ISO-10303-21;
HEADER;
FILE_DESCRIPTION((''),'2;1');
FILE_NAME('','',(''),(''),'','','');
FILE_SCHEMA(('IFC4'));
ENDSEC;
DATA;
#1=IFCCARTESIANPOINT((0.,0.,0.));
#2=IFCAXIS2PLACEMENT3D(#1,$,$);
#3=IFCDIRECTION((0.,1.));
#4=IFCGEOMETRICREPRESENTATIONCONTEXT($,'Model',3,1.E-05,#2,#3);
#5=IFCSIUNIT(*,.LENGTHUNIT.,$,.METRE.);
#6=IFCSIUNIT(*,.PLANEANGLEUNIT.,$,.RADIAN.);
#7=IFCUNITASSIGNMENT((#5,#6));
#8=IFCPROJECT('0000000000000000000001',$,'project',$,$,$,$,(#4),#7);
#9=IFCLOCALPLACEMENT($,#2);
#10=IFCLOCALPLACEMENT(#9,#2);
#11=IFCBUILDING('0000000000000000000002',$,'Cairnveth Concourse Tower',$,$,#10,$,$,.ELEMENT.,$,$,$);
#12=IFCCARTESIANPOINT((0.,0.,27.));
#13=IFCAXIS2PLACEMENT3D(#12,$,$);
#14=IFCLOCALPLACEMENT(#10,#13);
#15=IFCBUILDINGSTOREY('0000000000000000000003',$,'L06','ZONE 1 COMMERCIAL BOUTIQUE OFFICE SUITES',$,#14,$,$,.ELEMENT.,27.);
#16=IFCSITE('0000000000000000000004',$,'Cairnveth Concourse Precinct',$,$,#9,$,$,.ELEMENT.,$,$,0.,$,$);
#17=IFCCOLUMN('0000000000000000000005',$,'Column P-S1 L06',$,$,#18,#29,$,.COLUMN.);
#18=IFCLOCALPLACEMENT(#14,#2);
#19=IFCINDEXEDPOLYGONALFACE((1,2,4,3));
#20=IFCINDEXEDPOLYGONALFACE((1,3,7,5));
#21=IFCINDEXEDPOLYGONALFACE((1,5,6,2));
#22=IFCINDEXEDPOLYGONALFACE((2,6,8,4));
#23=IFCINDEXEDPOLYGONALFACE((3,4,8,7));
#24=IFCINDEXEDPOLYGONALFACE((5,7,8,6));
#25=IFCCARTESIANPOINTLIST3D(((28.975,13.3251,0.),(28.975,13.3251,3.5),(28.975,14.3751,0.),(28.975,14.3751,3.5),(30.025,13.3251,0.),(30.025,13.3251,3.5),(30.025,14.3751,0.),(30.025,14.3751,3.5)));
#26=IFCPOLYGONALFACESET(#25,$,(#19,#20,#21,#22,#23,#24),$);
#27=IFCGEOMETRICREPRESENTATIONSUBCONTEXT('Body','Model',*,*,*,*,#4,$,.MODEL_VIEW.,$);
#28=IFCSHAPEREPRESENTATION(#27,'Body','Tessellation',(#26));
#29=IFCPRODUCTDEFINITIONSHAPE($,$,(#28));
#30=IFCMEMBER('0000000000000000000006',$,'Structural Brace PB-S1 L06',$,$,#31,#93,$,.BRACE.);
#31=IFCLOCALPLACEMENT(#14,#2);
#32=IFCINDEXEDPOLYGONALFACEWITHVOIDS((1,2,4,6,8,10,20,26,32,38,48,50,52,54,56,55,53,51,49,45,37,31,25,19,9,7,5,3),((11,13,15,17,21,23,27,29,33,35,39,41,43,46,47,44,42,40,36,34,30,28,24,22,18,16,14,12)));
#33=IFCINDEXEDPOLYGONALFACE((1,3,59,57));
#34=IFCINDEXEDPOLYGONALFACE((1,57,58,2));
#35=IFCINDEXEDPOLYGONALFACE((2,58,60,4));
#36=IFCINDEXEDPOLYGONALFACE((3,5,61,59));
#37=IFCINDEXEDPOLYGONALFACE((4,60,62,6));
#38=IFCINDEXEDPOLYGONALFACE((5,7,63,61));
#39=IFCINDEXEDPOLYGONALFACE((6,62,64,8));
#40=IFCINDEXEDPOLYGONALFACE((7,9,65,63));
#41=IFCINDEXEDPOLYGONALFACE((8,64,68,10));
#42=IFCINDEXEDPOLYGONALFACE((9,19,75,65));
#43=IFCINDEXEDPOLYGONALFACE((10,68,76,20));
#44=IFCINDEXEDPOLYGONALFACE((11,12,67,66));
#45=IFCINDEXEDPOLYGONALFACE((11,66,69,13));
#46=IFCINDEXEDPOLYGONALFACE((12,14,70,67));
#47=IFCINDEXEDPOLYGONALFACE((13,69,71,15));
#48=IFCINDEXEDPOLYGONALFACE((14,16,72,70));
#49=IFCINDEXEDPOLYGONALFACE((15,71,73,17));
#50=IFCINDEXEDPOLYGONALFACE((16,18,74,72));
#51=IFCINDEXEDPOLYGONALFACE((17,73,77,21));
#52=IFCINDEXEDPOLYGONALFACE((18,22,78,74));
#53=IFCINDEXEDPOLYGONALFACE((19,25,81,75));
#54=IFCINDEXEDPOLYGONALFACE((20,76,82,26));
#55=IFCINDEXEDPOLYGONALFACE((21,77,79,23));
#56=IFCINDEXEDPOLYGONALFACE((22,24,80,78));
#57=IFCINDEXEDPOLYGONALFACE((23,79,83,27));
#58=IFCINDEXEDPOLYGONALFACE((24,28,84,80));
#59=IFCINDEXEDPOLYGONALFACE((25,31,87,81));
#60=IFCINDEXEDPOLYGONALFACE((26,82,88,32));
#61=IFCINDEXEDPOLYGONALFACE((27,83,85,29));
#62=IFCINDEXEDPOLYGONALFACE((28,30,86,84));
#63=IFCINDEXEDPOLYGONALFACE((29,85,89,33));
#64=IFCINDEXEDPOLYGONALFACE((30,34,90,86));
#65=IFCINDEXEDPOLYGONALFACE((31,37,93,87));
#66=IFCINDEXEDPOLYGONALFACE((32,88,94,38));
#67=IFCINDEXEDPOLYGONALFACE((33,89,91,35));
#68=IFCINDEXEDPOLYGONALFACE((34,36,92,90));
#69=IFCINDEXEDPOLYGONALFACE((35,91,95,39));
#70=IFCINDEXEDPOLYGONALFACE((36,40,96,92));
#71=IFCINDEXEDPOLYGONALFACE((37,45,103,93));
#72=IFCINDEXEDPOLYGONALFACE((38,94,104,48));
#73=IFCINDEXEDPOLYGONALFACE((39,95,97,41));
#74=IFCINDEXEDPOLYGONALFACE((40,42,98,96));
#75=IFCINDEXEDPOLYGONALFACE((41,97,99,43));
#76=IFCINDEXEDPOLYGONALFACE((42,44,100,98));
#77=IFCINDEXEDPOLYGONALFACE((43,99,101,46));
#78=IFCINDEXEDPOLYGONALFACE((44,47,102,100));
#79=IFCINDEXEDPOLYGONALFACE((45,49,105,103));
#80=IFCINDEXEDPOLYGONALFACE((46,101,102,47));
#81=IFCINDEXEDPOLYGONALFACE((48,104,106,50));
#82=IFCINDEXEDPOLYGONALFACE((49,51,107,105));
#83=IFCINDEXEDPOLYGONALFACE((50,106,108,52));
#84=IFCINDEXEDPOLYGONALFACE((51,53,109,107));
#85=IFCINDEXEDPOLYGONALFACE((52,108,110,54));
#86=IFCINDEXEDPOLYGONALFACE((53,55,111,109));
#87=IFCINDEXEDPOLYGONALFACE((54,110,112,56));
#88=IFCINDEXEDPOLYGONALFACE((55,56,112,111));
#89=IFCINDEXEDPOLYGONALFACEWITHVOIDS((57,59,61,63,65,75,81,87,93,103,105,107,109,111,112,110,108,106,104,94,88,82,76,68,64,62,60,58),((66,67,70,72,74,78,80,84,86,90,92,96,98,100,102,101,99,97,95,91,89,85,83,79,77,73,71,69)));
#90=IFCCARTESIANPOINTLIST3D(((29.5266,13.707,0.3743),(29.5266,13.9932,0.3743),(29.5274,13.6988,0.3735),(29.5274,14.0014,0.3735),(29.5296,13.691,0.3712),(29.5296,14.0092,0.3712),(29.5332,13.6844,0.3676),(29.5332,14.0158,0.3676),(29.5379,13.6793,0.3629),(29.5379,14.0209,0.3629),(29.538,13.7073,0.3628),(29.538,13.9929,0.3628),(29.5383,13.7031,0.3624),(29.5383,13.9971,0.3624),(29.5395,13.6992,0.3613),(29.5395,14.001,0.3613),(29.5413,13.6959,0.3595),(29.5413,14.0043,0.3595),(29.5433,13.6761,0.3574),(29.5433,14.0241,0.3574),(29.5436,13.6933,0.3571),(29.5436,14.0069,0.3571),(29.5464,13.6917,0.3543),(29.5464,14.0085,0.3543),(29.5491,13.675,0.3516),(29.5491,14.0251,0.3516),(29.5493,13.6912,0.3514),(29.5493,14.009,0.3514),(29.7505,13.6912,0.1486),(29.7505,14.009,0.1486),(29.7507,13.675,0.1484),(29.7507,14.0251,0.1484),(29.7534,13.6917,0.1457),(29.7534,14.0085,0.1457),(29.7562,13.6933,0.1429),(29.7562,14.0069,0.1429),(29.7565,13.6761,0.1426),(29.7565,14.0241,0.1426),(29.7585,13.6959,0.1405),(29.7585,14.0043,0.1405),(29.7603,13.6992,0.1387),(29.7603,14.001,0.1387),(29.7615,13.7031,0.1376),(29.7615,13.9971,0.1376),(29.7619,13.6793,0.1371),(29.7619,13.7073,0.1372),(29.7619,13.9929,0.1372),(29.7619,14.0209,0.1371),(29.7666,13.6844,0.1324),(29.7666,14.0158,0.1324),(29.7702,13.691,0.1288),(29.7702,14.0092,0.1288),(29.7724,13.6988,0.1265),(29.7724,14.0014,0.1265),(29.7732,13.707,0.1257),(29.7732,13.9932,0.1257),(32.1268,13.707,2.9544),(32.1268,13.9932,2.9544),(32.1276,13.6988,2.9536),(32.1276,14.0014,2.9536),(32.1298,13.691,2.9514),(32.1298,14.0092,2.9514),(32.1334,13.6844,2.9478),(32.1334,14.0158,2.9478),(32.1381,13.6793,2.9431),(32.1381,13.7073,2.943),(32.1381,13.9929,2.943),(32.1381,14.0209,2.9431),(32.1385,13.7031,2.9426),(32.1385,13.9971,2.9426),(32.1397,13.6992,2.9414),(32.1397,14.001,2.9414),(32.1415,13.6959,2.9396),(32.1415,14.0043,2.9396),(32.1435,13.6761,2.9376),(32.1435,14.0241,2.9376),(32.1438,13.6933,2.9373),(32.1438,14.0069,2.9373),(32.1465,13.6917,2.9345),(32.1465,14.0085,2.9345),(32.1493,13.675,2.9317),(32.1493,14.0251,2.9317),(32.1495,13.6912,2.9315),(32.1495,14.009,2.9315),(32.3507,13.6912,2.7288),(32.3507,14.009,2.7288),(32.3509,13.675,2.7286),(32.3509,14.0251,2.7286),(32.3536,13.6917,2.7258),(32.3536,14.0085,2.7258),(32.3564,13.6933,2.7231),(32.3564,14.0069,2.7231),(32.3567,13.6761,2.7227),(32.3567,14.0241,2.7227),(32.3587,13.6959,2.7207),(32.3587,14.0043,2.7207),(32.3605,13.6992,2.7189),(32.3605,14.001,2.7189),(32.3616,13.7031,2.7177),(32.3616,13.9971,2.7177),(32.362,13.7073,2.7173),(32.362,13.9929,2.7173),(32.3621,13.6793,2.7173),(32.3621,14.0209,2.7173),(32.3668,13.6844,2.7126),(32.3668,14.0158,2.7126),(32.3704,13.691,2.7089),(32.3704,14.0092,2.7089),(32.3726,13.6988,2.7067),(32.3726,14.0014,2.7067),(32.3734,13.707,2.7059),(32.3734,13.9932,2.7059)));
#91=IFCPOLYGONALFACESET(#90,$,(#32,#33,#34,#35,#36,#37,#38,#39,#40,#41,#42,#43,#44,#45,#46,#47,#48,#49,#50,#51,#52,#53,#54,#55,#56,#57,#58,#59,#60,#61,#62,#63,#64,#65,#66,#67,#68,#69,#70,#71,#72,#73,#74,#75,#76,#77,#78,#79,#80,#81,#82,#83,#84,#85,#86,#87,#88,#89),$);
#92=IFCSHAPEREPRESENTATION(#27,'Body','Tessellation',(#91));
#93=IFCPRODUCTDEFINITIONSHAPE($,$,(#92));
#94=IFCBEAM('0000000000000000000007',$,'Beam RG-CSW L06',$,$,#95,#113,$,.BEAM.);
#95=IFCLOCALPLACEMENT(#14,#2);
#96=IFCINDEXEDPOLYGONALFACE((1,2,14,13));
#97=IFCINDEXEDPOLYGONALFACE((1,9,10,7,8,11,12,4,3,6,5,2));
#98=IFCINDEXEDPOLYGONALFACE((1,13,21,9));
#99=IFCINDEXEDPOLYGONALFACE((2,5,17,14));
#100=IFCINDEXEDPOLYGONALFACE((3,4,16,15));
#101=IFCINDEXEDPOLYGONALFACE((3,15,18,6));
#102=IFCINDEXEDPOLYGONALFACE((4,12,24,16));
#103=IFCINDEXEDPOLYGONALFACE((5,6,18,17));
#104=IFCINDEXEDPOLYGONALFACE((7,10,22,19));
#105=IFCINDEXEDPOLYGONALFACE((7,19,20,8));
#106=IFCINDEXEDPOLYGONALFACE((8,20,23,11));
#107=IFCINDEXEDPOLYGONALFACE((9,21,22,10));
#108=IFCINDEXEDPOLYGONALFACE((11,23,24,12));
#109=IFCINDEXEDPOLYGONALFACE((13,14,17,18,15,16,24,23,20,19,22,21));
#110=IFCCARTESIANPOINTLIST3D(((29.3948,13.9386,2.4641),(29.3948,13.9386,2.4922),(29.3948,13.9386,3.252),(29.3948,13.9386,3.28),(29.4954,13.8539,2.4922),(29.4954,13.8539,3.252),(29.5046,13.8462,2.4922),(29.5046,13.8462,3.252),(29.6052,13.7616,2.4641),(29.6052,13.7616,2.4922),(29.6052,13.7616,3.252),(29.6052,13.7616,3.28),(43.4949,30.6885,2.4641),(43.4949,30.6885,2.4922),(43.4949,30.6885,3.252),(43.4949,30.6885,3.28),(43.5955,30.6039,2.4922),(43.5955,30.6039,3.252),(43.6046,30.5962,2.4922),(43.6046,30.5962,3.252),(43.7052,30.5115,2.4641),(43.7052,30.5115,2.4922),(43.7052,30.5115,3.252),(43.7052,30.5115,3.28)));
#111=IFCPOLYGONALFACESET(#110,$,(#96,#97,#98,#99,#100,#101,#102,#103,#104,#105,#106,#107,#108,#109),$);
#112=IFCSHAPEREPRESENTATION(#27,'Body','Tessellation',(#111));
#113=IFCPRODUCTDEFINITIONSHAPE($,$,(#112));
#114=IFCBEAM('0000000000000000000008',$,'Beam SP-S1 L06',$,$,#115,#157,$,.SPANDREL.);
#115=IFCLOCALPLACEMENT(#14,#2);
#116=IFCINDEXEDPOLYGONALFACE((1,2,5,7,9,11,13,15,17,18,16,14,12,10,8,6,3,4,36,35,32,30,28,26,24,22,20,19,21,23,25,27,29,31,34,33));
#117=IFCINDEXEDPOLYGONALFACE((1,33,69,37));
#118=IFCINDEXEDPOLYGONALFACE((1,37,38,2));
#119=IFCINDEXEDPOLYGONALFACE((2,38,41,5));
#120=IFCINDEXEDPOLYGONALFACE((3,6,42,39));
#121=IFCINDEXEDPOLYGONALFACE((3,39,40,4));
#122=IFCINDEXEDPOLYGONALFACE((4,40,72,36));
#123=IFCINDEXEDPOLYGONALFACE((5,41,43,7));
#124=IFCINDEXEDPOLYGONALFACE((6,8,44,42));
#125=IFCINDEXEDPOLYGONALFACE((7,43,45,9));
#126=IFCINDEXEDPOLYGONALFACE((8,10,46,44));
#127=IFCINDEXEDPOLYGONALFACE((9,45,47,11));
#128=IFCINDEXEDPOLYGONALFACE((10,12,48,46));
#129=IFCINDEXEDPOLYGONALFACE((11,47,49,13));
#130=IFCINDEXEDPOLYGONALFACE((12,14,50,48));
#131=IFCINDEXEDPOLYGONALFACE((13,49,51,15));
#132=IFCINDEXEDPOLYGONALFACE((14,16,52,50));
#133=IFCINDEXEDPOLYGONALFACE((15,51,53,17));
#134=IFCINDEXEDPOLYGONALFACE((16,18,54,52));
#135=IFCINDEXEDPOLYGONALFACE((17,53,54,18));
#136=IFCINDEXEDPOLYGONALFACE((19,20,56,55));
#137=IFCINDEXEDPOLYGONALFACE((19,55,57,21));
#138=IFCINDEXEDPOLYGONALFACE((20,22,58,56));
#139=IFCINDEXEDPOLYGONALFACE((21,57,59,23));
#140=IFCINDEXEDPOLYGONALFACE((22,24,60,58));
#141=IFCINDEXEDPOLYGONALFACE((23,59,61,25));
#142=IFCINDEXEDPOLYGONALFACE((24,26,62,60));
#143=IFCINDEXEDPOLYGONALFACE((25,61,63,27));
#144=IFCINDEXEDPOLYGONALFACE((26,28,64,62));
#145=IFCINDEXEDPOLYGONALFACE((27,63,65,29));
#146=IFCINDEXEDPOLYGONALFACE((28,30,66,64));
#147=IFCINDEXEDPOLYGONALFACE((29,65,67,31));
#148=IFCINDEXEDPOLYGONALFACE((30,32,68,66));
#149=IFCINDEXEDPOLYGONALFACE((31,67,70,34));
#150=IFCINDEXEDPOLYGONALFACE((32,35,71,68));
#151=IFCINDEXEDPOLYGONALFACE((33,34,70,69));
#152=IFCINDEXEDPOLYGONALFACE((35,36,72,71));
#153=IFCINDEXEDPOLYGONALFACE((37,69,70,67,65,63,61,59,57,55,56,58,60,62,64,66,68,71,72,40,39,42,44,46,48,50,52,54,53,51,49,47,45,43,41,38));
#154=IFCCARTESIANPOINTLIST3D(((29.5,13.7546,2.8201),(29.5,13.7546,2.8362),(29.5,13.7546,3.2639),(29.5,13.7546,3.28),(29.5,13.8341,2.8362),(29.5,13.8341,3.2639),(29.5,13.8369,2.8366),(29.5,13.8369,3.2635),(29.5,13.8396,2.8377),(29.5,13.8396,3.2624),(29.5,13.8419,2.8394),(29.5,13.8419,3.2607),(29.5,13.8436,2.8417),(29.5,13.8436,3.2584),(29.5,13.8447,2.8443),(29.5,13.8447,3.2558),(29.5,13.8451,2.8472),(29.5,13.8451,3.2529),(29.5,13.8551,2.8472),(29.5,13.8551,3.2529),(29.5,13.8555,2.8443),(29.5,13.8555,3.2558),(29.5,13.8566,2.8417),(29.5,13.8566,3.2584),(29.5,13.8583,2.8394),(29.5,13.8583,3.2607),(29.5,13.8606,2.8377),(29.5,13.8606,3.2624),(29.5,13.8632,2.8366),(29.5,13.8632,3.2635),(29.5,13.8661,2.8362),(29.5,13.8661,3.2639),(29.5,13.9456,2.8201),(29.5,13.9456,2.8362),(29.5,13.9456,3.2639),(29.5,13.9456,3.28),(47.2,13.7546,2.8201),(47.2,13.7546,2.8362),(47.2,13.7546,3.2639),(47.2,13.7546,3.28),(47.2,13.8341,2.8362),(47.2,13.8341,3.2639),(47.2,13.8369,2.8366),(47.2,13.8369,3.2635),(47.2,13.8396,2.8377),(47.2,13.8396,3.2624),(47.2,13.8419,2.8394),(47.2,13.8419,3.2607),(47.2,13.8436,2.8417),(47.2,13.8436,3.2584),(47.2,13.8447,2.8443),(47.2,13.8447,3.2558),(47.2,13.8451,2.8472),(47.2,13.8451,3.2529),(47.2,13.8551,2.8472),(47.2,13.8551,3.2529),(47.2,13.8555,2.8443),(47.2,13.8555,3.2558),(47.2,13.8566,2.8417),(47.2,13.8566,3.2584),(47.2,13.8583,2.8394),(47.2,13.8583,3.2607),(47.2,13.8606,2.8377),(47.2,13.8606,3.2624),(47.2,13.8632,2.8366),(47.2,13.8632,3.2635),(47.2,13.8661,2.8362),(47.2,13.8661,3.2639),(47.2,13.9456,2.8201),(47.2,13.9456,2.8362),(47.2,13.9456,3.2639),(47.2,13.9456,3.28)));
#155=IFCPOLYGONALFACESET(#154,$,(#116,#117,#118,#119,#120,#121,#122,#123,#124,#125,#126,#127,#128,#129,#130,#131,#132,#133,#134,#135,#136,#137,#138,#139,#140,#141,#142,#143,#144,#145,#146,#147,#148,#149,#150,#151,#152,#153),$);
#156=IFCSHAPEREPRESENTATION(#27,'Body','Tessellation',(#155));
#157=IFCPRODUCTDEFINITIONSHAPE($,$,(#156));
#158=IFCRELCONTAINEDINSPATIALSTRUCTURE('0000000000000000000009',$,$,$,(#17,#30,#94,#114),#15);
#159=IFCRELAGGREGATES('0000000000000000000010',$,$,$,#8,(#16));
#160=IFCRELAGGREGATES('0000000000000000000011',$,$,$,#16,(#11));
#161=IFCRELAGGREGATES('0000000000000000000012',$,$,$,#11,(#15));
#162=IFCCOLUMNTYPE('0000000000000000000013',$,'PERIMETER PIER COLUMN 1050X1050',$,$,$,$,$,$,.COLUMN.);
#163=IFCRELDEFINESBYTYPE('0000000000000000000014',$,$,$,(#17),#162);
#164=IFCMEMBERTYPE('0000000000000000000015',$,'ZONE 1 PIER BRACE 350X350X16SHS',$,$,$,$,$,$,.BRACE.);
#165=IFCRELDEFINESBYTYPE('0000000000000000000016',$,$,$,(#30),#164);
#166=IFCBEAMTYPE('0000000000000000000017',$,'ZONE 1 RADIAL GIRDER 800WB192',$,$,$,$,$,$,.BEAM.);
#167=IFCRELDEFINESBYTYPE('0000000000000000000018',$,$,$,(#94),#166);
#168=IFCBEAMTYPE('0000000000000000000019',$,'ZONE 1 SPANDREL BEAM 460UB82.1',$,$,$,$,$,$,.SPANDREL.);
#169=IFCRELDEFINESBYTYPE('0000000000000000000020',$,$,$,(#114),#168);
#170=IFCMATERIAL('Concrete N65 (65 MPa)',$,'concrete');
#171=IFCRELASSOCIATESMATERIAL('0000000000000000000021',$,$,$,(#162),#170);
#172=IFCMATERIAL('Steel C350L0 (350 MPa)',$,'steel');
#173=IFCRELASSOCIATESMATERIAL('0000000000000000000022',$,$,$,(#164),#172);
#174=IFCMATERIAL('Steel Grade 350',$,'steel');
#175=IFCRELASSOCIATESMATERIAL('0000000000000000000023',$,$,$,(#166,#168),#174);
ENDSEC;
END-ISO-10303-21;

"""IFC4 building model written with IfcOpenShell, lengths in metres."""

from ifc_helpers import new_model, si_unit, direction, frame, origin, origin_2d, place, context, subcontext, project, spatial, rectangle, hollow_rectangle, i_section, extrude, material, material_profile, profile_set, type_object, element, save


model = new_model("IFC4")

# Units and contexts
model_context = context("Model", 3, precision=1e-05, world=origin(), true_north=direction((0.0, 1.0)))
body_context = subcontext(model_context, "Body", "Model", "MODEL_VIEW")
ifc_project = project(units=[si_unit("LENGTHUNIT", "METRE"), si_unit("PLANEANGLEUNIT", "RADIAN")], contexts=[model_context])

# Site, building, storey
site_placement = place(None, origin())
site = spatial("IfcSite", under=ifc_project, at=site_placement, Name="Cairnveth Concourse Precinct", CompositionType="ELEMENT", RefElevation=0.0)
building_placement = place(site_placement, origin())
building = spatial("IfcBuilding", under=site, at=building_placement, Name="Cairnveth Concourse Tower", CompositionType="ELEMENT")
storey_placement = place(building_placement, frame((0.0, 0.0, 27.0)))
storey = spatial("IfcBuildingStorey", under=building, at=storey_placement, Name="L06", Description="ZONE 1 COMMERCIAL BOUTIQUE OFFICE SUITES", CompositionType="ELEMENT", Elevation=27.0)

# Column
ifc_material_1 = material(Name="Concrete N65 (65 MPa)", Category="concrete")
ifc_material_profile_1 = material_profile(ifc_material_1, rectangle(XDim=1.05, YDim=1.05, at=origin_2d()), Name="RC-COL-1050x1050")
ifc_profile_set_1 = profile_set([ifc_material_profile_1], Name="Concrete N65 (65 MPa)")
column_type = type_object("IfcColumnType", Name="PERIMETER PIER COLUMN 1050X1050", PredefinedType="COLUMN", material=ifc_profile_set_1)
column_placement = place(storey_placement, frame((29.5, 13.8501, 0.0), z_axis=(0.0, 0.0, 1.0), x_axis=(1.0, 0.0, 0.0)))
element("IfcColumn", 1, at=column_placement, inside=storey, type_object=column_type, Name="Column P-S1 L06", PredefinedType="COLUMN", context=body_context, shape_type="SweptSolid", body=[
    extrude(rectangle(XDim=1.05, YDim=1.05, at=origin_2d()), origin(), (0.0, 0.0, 1.0), 3.5),
])

# Member
ifc_material_2 = material(Name="Steel C350L0 (350 MPa)", Category="steel")
ifc_material_profile_2 = material_profile(ifc_material_2, hollow_rectangle(XDim=0.3501, YDim=0.3501, WallThickness=0.0161, InnerFilletRadius=0.0161, OuterFilletRadius=0.032, at=origin_2d()), Name="350x350x16.0SHS")
ifc_profile_set_2 = profile_set([ifc_material_profile_2], Name="Steel C350L0 (350 MPa)")
member_type = type_object("IfcMemberType", Name="ZONE 1 PIER BRACE 350X350X16SHS", PredefinedType="BRACE", material=ifc_profile_set_2)
member_placement = place(storey_placement, frame((29.6499, 13.8501, 0.25), z_axis=(0.709834, 0.0, 0.704369), x_axis=(0.0, 1.0, 0.0)))
element("IfcMember", 2, at=member_placement, inside=storey, type_object=member_type, Name="Structural Brace PB-S1 L06", PredefinedType="BRACE", context=body_context, shape_type="SweptSolid", body=[
    extrude(hollow_rectangle(XDim=0.3501, YDim=0.3501, WallThickness=0.0161, InnerFilletRadius=0.0161, OuterFilletRadius=0.032, at=origin_2d()), origin(), (0.0, 0.0, 1.0), 3.6631),
])

# Beams
ifc_material_3 = material(Name="Steel Grade 350", Category="steel")
ifc_material_profile_3 = material_profile(ifc_material_3, i_section(OverallWidth=0.2749, OverallDepth=0.8159, WebThickness=0.012, FlangeThickness=0.0281, at=origin_2d()), Name="800WB192")
ifc_profile_set_3 = profile_set([ifc_material_profile_3], Name="Steel Grade 350")
beam_type_1 = type_object("IfcBeamType", Name="ZONE 1 RADIAL GIRDER 800WB192", PredefinedType="BEAM", material=ifc_profile_set_3)
beam_1_placement = place(storey_placement, frame((29.5, 13.8501, 2.8721), z_axis=(0.643998, 0.765027, 0.0), x_axis=(-0.765027, 0.643998, 0.0)))
element("IfcBeam", 3, at=beam_1_placement, inside=storey, type_object=beam_type_1, Name="Beam RG-CSW L06", PredefinedType="BEAM", context=body_context, shape_type="SweptSolid", body=[
    extrude(i_section(OverallWidth=0.2749, OverallDepth=0.8159, WebThickness=0.012, FlangeThickness=0.0281, at=origin_2d()), origin(), (0.0, 0.0, 1.0), 21.8945),
])
ifc_material_profile_4 = material_profile(ifc_material_3, i_section(OverallWidth=0.1909, OverallDepth=0.46, WebThickness=0.01, FlangeThickness=0.0161, FilletRadius=0.011, at=origin_2d()), Name="460UB82.1")
ifc_profile_set_4 = profile_set([ifc_material_profile_4], Name="Steel Grade 350")
beam_type_2 = type_object("IfcBeamType", Name="ZONE 1 SPANDREL BEAM 460UB82.1", PredefinedType="SPANDREL", material=ifc_profile_set_4)
beam_2_placement = place(storey_placement, frame((29.5, 13.8501, 3.05), z_axis=(1.0, 0.0, 0.0), x_axis=(0.0, 1.0, 0.0)))
element("IfcBeam", 4, at=beam_2_placement, inside=storey, type_object=beam_type_2, Name="Beam SP-S1 L06", PredefinedType="SPANDREL", context=body_context, shape_type="SweptSolid", body=[
    extrude(i_section(OverallWidth=0.1909, OverallDepth=0.46, WebThickness=0.01, FlangeThickness=0.0161, FilletRadius=0.011, at=origin_2d()), origin(), (0.0, 0.0, 1.0), 17.7),
])

save(model, "model.ifc")
